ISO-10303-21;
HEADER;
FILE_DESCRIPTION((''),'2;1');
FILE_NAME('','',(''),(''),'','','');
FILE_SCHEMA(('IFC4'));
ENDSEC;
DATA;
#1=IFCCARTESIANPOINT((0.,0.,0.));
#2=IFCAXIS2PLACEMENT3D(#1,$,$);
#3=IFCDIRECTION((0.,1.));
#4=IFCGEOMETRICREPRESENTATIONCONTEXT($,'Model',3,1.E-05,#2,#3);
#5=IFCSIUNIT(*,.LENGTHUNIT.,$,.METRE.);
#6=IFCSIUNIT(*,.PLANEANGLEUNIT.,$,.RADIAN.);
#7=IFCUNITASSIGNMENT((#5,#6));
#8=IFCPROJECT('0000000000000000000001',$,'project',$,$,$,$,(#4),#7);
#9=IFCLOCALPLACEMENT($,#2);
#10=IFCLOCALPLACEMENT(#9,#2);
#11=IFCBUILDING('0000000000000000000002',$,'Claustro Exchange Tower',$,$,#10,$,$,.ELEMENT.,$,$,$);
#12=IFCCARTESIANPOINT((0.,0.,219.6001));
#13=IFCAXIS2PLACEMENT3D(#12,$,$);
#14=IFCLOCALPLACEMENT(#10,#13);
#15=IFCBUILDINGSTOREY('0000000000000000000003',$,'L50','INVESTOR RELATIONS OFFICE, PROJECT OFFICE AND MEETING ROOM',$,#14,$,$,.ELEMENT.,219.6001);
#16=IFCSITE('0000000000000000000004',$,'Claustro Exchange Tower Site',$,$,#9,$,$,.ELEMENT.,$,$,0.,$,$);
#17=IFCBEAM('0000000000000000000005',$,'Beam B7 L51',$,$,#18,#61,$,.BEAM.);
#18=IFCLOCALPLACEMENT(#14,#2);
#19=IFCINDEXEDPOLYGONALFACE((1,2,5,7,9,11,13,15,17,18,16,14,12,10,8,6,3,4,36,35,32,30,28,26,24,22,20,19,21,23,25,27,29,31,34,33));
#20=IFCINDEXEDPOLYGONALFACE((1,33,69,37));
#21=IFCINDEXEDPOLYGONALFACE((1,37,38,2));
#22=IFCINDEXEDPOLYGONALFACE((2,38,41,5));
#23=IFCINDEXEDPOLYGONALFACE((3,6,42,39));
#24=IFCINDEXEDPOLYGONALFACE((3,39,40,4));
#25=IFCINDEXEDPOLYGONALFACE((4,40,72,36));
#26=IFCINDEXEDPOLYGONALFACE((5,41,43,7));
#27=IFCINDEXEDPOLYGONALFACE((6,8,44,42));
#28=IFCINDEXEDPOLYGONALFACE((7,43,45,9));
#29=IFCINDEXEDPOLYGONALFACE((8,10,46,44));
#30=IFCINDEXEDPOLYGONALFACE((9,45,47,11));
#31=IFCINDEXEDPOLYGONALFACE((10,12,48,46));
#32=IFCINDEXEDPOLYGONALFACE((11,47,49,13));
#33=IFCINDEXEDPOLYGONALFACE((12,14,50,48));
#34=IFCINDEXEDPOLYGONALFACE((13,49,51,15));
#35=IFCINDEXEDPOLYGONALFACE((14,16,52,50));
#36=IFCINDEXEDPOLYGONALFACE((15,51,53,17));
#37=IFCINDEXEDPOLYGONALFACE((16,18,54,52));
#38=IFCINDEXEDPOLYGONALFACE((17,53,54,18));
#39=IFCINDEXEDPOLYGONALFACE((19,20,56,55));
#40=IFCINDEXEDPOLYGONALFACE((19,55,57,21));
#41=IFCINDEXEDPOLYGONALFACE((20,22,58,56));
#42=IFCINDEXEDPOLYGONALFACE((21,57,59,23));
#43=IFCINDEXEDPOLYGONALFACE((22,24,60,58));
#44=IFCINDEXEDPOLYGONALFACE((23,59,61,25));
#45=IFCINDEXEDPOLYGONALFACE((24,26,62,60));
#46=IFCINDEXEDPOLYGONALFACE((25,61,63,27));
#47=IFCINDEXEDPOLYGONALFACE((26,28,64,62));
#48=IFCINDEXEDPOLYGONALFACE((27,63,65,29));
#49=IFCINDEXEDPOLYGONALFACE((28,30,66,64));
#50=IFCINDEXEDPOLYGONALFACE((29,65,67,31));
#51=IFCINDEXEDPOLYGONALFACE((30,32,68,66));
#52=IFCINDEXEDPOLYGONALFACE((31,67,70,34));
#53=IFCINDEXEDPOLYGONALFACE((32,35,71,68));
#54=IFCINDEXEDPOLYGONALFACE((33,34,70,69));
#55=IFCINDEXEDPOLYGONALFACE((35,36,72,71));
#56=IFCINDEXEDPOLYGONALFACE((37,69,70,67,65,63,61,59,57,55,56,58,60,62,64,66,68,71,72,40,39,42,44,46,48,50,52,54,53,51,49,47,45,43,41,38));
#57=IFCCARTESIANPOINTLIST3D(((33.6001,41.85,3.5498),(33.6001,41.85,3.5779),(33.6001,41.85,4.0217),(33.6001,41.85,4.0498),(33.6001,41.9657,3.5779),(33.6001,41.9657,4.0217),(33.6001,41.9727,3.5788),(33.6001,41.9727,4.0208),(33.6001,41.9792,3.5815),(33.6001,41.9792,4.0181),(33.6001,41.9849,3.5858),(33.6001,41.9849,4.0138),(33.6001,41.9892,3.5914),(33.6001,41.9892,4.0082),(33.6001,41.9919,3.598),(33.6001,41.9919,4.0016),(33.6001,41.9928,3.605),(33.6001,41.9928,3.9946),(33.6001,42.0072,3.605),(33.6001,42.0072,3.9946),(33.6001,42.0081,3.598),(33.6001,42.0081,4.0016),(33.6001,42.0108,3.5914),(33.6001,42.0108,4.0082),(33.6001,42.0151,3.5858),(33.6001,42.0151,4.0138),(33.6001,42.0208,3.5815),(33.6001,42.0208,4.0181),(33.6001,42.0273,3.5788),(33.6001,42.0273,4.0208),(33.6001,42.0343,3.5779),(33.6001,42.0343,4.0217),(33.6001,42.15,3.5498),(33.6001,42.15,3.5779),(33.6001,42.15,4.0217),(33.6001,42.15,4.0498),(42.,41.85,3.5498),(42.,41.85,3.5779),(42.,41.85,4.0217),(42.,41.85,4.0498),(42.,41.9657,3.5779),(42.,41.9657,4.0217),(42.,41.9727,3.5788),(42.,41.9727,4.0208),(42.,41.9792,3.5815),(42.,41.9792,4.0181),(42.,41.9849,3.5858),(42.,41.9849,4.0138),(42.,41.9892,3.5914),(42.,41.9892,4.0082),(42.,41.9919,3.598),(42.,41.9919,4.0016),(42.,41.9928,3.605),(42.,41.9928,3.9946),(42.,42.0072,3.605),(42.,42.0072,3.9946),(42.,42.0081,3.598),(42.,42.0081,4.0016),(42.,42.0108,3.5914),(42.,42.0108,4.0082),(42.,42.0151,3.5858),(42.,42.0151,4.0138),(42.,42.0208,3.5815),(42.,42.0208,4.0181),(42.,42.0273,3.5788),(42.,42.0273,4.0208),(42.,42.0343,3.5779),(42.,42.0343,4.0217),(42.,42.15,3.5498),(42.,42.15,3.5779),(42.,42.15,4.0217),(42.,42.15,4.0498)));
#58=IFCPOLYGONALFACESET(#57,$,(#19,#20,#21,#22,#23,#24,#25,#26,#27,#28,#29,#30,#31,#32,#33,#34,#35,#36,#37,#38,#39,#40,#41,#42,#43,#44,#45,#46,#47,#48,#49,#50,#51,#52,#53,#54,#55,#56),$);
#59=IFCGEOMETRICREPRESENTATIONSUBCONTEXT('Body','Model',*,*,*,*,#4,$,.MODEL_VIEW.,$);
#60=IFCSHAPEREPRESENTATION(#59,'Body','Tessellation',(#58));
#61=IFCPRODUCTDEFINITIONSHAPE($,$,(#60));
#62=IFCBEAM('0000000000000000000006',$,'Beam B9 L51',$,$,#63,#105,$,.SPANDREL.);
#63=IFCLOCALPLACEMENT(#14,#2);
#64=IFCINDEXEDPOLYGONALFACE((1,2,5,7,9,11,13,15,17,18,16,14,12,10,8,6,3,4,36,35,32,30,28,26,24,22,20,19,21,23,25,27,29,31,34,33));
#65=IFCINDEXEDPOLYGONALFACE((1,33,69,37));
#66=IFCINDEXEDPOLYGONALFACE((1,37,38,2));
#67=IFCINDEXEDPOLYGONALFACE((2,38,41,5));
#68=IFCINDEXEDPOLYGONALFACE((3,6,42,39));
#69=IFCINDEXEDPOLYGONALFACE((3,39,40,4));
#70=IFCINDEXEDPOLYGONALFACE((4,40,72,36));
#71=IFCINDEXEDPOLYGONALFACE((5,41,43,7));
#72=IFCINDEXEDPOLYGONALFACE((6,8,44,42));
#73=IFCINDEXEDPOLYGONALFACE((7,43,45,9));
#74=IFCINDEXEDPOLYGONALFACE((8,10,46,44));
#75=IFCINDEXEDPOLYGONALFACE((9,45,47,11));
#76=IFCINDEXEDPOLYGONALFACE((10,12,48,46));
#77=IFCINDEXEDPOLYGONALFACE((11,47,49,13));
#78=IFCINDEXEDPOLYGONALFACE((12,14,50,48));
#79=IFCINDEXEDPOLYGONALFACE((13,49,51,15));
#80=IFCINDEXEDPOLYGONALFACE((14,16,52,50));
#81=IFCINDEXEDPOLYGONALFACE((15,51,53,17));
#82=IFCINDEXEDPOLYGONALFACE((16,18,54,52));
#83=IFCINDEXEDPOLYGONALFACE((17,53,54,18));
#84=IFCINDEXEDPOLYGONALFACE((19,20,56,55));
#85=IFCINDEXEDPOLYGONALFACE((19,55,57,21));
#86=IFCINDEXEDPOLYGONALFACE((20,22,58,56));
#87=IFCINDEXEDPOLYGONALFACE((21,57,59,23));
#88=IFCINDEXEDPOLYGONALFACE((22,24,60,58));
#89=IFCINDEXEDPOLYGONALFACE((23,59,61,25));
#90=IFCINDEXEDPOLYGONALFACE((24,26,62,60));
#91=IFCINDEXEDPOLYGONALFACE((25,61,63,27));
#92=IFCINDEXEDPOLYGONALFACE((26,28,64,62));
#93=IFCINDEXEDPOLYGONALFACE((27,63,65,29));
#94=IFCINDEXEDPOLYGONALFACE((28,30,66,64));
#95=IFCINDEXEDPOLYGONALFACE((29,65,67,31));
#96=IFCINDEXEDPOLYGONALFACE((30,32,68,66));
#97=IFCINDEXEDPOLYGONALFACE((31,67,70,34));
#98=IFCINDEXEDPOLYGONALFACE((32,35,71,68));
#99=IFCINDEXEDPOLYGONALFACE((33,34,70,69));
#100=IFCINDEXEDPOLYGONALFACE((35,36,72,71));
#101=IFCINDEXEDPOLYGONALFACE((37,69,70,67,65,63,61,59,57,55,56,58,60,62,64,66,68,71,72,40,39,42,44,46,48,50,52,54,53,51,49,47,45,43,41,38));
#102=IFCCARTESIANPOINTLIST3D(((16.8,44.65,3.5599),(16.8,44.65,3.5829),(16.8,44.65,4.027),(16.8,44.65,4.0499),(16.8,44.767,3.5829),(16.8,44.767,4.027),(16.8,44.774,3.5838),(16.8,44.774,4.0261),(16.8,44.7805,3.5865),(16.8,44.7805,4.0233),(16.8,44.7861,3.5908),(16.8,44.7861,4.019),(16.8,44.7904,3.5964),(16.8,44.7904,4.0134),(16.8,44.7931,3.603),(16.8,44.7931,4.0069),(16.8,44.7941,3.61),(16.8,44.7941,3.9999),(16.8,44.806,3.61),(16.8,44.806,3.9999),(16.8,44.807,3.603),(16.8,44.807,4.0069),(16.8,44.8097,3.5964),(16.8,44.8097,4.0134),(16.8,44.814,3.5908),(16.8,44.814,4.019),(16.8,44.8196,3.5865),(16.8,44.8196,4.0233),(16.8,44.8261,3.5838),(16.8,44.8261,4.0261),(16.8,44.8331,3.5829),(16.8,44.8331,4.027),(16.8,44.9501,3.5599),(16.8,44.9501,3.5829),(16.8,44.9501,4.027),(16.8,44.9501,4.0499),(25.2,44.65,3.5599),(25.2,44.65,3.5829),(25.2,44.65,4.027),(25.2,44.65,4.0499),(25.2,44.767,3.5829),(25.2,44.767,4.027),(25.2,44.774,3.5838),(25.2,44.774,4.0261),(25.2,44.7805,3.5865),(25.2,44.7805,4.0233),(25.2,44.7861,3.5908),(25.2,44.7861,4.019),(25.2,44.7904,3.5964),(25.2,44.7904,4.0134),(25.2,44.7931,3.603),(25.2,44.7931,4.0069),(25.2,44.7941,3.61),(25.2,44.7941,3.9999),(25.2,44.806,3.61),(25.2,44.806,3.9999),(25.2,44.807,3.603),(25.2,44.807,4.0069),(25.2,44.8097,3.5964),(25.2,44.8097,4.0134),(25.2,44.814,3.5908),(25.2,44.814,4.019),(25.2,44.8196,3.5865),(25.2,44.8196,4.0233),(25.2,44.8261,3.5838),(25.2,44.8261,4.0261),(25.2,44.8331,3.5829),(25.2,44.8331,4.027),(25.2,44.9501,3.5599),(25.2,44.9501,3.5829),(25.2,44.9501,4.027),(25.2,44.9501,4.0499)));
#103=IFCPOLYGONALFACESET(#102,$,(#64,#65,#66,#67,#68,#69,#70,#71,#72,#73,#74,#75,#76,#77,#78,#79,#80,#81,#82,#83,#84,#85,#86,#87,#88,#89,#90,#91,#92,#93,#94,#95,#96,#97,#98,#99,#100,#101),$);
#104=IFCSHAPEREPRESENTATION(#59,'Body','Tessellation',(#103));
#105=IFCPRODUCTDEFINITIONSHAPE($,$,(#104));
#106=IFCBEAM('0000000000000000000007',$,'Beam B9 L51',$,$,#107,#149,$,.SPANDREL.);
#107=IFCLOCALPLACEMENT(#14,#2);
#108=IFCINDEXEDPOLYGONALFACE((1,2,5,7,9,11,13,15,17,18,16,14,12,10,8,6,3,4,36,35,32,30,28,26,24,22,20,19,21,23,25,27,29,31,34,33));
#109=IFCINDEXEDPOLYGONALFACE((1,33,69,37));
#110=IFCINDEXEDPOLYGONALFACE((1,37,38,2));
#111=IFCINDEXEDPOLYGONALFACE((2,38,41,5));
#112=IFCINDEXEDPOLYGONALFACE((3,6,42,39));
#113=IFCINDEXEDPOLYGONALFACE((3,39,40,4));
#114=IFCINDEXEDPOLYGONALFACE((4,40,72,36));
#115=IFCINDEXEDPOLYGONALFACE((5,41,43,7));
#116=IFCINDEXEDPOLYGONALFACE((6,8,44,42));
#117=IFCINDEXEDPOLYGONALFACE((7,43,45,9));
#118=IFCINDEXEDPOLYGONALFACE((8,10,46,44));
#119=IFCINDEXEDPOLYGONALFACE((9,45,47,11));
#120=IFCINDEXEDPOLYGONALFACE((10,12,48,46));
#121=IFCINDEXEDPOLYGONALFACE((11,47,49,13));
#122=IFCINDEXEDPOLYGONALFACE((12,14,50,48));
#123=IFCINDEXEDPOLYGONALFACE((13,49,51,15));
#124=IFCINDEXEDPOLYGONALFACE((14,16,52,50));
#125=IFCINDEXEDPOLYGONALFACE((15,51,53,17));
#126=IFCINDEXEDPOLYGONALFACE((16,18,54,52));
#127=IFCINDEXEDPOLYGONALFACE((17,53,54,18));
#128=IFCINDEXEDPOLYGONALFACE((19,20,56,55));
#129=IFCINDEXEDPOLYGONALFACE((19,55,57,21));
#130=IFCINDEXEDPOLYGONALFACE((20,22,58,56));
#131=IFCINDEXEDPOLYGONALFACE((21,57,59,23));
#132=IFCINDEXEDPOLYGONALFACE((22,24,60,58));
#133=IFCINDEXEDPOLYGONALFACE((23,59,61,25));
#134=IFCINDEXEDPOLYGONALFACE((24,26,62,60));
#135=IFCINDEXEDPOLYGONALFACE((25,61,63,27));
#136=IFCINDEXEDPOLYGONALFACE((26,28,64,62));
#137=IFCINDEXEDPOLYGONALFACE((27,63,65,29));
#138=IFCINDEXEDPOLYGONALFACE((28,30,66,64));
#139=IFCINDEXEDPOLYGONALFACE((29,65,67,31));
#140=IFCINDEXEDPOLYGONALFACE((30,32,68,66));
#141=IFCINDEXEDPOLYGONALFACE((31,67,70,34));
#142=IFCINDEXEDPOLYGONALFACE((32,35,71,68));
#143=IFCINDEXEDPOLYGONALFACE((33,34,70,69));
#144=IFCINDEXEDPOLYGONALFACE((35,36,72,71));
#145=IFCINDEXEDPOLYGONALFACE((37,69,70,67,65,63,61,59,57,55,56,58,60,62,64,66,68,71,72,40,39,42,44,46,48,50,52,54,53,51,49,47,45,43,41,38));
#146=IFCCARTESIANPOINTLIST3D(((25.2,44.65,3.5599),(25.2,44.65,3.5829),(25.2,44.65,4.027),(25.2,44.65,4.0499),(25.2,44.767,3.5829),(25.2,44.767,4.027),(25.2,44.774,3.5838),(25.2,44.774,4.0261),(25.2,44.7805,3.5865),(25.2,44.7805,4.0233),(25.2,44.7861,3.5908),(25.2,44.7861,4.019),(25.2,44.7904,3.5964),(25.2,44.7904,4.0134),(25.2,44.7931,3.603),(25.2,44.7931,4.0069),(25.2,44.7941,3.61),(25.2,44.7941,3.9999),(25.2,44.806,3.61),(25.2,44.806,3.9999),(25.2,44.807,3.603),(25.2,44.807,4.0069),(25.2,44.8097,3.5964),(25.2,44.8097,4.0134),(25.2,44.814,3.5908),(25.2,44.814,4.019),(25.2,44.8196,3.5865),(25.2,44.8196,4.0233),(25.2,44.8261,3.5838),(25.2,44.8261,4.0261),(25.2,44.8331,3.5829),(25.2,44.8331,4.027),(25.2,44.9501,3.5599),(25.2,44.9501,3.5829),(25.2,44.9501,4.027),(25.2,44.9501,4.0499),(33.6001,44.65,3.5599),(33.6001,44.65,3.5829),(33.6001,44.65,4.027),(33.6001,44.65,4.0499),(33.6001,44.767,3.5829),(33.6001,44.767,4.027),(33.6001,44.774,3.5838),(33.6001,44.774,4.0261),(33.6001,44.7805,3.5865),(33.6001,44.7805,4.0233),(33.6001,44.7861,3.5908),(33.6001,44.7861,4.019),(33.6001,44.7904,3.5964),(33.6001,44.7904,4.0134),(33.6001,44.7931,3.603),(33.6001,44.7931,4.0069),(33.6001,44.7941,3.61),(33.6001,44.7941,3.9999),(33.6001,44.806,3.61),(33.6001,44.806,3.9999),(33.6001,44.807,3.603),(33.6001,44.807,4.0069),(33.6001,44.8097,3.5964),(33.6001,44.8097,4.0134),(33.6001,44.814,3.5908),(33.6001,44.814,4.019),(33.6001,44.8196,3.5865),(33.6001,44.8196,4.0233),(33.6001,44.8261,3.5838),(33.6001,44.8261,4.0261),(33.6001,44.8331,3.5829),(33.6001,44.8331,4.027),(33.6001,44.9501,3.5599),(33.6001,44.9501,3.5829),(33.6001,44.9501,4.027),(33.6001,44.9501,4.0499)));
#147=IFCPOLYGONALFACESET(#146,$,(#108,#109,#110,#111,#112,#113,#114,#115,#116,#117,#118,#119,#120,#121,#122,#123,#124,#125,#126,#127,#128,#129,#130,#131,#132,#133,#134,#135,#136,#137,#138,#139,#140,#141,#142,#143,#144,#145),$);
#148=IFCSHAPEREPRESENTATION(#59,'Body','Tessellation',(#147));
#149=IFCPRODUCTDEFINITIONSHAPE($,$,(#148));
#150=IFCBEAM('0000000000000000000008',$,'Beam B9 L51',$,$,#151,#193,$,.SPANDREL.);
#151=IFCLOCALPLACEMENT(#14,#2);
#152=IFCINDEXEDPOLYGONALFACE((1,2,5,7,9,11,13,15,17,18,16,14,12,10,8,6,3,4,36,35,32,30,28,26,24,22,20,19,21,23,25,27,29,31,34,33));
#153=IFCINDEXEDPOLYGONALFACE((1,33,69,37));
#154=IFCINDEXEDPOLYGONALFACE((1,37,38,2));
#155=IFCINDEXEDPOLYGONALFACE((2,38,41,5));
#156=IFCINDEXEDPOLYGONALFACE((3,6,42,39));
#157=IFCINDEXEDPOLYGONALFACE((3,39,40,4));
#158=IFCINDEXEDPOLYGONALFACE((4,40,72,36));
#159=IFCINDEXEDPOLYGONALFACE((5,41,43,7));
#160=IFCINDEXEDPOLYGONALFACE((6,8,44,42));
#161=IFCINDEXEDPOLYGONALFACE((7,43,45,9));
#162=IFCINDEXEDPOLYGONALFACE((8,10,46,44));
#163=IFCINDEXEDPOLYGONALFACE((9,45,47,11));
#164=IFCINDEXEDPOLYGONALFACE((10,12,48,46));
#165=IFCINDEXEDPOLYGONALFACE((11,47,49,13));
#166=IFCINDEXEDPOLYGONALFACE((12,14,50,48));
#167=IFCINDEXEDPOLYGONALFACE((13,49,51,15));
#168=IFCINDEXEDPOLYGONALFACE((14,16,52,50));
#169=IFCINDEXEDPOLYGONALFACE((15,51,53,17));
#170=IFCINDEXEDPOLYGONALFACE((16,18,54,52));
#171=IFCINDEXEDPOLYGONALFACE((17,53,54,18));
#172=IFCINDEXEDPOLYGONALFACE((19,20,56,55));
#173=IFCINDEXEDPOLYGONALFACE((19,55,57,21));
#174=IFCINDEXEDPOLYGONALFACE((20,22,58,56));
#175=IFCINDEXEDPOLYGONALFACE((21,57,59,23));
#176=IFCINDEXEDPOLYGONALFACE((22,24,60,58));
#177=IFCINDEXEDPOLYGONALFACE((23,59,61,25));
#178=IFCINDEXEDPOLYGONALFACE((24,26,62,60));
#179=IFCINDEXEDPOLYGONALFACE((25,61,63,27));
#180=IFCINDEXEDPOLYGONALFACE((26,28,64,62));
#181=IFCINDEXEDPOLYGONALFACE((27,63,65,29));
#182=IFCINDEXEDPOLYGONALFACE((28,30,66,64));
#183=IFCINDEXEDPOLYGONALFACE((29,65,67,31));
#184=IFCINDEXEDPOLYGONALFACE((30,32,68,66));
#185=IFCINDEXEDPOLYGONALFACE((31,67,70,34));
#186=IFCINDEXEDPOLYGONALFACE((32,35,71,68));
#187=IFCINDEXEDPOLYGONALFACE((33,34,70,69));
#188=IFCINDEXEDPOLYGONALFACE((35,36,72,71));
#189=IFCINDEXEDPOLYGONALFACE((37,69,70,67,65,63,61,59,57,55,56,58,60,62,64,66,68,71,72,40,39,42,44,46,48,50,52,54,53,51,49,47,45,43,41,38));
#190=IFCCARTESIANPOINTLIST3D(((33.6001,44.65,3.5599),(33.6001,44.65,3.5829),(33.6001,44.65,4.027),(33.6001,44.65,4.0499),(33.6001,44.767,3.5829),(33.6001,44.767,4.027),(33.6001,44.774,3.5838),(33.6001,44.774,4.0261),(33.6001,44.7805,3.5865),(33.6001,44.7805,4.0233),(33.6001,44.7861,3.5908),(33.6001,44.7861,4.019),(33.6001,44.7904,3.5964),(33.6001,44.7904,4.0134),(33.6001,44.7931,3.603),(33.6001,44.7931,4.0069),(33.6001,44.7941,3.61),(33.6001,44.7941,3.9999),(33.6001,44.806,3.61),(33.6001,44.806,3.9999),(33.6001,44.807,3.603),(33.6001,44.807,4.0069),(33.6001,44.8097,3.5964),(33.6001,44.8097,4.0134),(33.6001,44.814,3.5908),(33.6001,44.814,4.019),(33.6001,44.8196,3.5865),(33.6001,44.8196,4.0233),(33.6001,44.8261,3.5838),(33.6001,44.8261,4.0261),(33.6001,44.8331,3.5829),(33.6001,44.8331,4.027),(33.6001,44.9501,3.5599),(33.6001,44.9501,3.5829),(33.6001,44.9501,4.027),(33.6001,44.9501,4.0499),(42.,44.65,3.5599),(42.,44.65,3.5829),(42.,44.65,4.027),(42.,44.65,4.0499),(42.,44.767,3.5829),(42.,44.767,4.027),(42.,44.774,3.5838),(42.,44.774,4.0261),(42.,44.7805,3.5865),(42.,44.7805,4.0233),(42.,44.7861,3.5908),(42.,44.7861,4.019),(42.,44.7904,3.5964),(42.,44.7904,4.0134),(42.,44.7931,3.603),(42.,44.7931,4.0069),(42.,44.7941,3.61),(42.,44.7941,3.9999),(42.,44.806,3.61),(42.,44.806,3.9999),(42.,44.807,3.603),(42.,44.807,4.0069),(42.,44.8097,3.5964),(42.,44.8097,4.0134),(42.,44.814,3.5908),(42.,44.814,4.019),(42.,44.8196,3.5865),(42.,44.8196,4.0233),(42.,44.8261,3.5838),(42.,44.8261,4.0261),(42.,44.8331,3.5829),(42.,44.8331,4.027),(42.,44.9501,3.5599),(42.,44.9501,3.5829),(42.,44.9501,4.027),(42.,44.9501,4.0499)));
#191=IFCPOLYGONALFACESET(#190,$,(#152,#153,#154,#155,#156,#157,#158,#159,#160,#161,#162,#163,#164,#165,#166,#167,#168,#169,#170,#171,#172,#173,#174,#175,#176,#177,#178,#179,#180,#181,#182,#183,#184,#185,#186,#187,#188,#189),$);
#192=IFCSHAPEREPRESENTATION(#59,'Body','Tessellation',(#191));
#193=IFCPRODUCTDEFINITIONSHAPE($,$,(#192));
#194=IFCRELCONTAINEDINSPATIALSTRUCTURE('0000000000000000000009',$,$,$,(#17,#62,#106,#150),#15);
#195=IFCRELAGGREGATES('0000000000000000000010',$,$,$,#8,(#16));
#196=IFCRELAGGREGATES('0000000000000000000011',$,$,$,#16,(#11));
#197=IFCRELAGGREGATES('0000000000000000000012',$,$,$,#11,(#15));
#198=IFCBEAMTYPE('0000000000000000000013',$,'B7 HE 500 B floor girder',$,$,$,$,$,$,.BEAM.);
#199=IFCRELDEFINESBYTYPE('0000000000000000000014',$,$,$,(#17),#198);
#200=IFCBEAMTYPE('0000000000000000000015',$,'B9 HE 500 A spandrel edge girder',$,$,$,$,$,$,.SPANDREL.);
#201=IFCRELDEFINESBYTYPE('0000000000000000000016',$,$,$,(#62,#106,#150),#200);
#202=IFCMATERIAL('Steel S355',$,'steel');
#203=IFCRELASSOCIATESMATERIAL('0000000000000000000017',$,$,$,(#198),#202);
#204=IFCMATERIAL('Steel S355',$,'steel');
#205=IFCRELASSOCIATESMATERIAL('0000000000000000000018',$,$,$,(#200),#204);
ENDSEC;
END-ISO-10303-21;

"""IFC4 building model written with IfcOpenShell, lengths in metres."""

from ifc_helpers import new_model, si_unit, direction, frame, origin, origin_2d, place, context, subcontext, project, spatial, i_section, extrude, material, material_profile, profile_set, type_object, element, save


model = new_model("IFC4")

# Units and contexts
model_context = context("Model", 3, precision=1e-05, world=origin(), true_north=direction((0.0, 1.0)))
body_context = subcontext(model_context, "Body", "Model", "MODEL_VIEW")
ifc_project = project(units=[si_unit("LENGTHUNIT", "METRE"), si_unit("PLANEANGLEUNIT", "RADIAN")], contexts=[model_context])

# Site, building, storey
site_placement = place(None, origin())
site = spatial("IfcSite", under=ifc_project, at=site_placement, Name="Claustro Exchange Tower Site", CompositionType="ELEMENT", RefElevation=0.0)
building_placement = place(site_placement, origin())
building = spatial("IfcBuilding", under=site, at=building_placement, Name="Claustro Exchange Tower", CompositionType="ELEMENT")
storey_placement = place(building_placement, frame((0.0, 0.0, 219.6001)))
storey = spatial("IfcBuildingStorey", under=building, at=storey_placement, Name="L50", Description="INVESTOR RELATIONS OFFICE, PROJECT OFFICE AND MEETING ROOM", CompositionType="ELEMENT", Elevation=219.6001)

# Beams
ifc_material_1 = material(Name="Steel S355", Category="steel")
ifc_material_profile_1 = material_profile(ifc_material_1, i_section(OverallWidth=0.3, OverallDepth=0.5, WebThickness=0.0144, FlangeThickness=0.0281, FilletRadius=0.0271, at=origin_2d()), Name="HE 500 B")
ifc_profile_set_1 = profile_set([ifc_material_profile_1], Name="Steel S355")
beam_type_1 = type_object("IfcBeamType", Name="B7 HE 500 B floor girder", PredefinedType="BEAM", material=ifc_profile_set_1)
beam_1_placement = place(storey_placement, frame((33.6001, 42.0, 3.7998), z_axis=(1.0, 0.0, 0.0), x_axis=(0.0, 1.0, 0.0)))
element("IfcBeam", 1, at=beam_1_placement, inside=storey, type_object=beam_type_1, Name="Beam B7 L51", PredefinedType="BEAM", context=body_context, shape_type="SweptSolid", body=[
    extrude(i_section(OverallWidth=0.3, OverallDepth=0.5, WebThickness=0.0144, FlangeThickness=0.0281, FilletRadius=0.0271, at=origin_2d()), origin(), (0.0, 0.0, 1.0), 8.3999),
])
ifc_material_2 = material(Name="Steel S355", Category="steel")
ifc_material_profile_2 = material_profile(ifc_material_2, i_section(OverallWidth=0.3, OverallDepth=0.49, WebThickness=0.012, FlangeThickness=0.0229, FilletRadius=0.0271, at=origin_2d()), Name="HE 500 A")
ifc_profile_set_2 = profile_set([ifc_material_profile_2], Name="Steel S355")
beam_type_2 = type_object("IfcBeamType", Name="B9 HE 500 A spandrel edge girder", PredefinedType="SPANDREL", material=ifc_profile_set_2)
beam_2_placement = place(storey_placement, frame((16.8, 44.8, 3.8049), z_axis=(1.0, 0.0, 0.0), x_axis=(0.0, 1.0, 0.0)))
element("IfcBeam", 2, at=beam_2_placement, inside=storey, type_object=beam_type_2, Name="Beam B9 L51", PredefinedType="SPANDREL", context=body_context, shape_type="SweptSolid", body=[
    extrude(i_section(OverallWidth=0.3, OverallDepth=0.49, WebThickness=0.012, FlangeThickness=0.0229, FilletRadius=0.0271, at=origin_2d()), origin(), (0.0, 0.0, 1.0), 8.3999),
])
beam_3_placement = place(storey_placement, frame((25.2, 44.8, 3.8049), z_axis=(1.0, 0.0, 0.0), x_axis=(0.0, 1.0, 0.0)))
element("IfcBeam", 3, at=beam_3_placement, inside=storey, type_object=beam_type_2, Name="Beam B9 L51", PredefinedType="SPANDREL", context=body_context, shape_type="SweptSolid", body=[
    extrude(i_section(OverallWidth=0.3, OverallDepth=0.49, WebThickness=0.012, FlangeThickness=0.0229, FilletRadius=0.0271, at=origin_2d()), origin(), (0.0, 0.0, 1.0), 8.4001),
])
beam_4_placement = place(storey_placement, frame((33.6001, 44.8, 3.8049), z_axis=(1.0, 0.0, 0.0), x_axis=(0.0, 1.0, 0.0)))
element("IfcBeam", 4, at=beam_4_placement, inside=storey, type_object=beam_type_2, Name="Beam B9 L51", PredefinedType="SPANDREL", context=body_context, shape_type="SweptSolid", body=[
    extrude(i_section(OverallWidth=0.3, OverallDepth=0.49, WebThickness=0.012, FlangeThickness=0.0229, FilletRadius=0.0271, at=origin_2d()), origin(), (0.0, 0.0, 1.0), 8.3999),
])

save(model, "model.ifc")
